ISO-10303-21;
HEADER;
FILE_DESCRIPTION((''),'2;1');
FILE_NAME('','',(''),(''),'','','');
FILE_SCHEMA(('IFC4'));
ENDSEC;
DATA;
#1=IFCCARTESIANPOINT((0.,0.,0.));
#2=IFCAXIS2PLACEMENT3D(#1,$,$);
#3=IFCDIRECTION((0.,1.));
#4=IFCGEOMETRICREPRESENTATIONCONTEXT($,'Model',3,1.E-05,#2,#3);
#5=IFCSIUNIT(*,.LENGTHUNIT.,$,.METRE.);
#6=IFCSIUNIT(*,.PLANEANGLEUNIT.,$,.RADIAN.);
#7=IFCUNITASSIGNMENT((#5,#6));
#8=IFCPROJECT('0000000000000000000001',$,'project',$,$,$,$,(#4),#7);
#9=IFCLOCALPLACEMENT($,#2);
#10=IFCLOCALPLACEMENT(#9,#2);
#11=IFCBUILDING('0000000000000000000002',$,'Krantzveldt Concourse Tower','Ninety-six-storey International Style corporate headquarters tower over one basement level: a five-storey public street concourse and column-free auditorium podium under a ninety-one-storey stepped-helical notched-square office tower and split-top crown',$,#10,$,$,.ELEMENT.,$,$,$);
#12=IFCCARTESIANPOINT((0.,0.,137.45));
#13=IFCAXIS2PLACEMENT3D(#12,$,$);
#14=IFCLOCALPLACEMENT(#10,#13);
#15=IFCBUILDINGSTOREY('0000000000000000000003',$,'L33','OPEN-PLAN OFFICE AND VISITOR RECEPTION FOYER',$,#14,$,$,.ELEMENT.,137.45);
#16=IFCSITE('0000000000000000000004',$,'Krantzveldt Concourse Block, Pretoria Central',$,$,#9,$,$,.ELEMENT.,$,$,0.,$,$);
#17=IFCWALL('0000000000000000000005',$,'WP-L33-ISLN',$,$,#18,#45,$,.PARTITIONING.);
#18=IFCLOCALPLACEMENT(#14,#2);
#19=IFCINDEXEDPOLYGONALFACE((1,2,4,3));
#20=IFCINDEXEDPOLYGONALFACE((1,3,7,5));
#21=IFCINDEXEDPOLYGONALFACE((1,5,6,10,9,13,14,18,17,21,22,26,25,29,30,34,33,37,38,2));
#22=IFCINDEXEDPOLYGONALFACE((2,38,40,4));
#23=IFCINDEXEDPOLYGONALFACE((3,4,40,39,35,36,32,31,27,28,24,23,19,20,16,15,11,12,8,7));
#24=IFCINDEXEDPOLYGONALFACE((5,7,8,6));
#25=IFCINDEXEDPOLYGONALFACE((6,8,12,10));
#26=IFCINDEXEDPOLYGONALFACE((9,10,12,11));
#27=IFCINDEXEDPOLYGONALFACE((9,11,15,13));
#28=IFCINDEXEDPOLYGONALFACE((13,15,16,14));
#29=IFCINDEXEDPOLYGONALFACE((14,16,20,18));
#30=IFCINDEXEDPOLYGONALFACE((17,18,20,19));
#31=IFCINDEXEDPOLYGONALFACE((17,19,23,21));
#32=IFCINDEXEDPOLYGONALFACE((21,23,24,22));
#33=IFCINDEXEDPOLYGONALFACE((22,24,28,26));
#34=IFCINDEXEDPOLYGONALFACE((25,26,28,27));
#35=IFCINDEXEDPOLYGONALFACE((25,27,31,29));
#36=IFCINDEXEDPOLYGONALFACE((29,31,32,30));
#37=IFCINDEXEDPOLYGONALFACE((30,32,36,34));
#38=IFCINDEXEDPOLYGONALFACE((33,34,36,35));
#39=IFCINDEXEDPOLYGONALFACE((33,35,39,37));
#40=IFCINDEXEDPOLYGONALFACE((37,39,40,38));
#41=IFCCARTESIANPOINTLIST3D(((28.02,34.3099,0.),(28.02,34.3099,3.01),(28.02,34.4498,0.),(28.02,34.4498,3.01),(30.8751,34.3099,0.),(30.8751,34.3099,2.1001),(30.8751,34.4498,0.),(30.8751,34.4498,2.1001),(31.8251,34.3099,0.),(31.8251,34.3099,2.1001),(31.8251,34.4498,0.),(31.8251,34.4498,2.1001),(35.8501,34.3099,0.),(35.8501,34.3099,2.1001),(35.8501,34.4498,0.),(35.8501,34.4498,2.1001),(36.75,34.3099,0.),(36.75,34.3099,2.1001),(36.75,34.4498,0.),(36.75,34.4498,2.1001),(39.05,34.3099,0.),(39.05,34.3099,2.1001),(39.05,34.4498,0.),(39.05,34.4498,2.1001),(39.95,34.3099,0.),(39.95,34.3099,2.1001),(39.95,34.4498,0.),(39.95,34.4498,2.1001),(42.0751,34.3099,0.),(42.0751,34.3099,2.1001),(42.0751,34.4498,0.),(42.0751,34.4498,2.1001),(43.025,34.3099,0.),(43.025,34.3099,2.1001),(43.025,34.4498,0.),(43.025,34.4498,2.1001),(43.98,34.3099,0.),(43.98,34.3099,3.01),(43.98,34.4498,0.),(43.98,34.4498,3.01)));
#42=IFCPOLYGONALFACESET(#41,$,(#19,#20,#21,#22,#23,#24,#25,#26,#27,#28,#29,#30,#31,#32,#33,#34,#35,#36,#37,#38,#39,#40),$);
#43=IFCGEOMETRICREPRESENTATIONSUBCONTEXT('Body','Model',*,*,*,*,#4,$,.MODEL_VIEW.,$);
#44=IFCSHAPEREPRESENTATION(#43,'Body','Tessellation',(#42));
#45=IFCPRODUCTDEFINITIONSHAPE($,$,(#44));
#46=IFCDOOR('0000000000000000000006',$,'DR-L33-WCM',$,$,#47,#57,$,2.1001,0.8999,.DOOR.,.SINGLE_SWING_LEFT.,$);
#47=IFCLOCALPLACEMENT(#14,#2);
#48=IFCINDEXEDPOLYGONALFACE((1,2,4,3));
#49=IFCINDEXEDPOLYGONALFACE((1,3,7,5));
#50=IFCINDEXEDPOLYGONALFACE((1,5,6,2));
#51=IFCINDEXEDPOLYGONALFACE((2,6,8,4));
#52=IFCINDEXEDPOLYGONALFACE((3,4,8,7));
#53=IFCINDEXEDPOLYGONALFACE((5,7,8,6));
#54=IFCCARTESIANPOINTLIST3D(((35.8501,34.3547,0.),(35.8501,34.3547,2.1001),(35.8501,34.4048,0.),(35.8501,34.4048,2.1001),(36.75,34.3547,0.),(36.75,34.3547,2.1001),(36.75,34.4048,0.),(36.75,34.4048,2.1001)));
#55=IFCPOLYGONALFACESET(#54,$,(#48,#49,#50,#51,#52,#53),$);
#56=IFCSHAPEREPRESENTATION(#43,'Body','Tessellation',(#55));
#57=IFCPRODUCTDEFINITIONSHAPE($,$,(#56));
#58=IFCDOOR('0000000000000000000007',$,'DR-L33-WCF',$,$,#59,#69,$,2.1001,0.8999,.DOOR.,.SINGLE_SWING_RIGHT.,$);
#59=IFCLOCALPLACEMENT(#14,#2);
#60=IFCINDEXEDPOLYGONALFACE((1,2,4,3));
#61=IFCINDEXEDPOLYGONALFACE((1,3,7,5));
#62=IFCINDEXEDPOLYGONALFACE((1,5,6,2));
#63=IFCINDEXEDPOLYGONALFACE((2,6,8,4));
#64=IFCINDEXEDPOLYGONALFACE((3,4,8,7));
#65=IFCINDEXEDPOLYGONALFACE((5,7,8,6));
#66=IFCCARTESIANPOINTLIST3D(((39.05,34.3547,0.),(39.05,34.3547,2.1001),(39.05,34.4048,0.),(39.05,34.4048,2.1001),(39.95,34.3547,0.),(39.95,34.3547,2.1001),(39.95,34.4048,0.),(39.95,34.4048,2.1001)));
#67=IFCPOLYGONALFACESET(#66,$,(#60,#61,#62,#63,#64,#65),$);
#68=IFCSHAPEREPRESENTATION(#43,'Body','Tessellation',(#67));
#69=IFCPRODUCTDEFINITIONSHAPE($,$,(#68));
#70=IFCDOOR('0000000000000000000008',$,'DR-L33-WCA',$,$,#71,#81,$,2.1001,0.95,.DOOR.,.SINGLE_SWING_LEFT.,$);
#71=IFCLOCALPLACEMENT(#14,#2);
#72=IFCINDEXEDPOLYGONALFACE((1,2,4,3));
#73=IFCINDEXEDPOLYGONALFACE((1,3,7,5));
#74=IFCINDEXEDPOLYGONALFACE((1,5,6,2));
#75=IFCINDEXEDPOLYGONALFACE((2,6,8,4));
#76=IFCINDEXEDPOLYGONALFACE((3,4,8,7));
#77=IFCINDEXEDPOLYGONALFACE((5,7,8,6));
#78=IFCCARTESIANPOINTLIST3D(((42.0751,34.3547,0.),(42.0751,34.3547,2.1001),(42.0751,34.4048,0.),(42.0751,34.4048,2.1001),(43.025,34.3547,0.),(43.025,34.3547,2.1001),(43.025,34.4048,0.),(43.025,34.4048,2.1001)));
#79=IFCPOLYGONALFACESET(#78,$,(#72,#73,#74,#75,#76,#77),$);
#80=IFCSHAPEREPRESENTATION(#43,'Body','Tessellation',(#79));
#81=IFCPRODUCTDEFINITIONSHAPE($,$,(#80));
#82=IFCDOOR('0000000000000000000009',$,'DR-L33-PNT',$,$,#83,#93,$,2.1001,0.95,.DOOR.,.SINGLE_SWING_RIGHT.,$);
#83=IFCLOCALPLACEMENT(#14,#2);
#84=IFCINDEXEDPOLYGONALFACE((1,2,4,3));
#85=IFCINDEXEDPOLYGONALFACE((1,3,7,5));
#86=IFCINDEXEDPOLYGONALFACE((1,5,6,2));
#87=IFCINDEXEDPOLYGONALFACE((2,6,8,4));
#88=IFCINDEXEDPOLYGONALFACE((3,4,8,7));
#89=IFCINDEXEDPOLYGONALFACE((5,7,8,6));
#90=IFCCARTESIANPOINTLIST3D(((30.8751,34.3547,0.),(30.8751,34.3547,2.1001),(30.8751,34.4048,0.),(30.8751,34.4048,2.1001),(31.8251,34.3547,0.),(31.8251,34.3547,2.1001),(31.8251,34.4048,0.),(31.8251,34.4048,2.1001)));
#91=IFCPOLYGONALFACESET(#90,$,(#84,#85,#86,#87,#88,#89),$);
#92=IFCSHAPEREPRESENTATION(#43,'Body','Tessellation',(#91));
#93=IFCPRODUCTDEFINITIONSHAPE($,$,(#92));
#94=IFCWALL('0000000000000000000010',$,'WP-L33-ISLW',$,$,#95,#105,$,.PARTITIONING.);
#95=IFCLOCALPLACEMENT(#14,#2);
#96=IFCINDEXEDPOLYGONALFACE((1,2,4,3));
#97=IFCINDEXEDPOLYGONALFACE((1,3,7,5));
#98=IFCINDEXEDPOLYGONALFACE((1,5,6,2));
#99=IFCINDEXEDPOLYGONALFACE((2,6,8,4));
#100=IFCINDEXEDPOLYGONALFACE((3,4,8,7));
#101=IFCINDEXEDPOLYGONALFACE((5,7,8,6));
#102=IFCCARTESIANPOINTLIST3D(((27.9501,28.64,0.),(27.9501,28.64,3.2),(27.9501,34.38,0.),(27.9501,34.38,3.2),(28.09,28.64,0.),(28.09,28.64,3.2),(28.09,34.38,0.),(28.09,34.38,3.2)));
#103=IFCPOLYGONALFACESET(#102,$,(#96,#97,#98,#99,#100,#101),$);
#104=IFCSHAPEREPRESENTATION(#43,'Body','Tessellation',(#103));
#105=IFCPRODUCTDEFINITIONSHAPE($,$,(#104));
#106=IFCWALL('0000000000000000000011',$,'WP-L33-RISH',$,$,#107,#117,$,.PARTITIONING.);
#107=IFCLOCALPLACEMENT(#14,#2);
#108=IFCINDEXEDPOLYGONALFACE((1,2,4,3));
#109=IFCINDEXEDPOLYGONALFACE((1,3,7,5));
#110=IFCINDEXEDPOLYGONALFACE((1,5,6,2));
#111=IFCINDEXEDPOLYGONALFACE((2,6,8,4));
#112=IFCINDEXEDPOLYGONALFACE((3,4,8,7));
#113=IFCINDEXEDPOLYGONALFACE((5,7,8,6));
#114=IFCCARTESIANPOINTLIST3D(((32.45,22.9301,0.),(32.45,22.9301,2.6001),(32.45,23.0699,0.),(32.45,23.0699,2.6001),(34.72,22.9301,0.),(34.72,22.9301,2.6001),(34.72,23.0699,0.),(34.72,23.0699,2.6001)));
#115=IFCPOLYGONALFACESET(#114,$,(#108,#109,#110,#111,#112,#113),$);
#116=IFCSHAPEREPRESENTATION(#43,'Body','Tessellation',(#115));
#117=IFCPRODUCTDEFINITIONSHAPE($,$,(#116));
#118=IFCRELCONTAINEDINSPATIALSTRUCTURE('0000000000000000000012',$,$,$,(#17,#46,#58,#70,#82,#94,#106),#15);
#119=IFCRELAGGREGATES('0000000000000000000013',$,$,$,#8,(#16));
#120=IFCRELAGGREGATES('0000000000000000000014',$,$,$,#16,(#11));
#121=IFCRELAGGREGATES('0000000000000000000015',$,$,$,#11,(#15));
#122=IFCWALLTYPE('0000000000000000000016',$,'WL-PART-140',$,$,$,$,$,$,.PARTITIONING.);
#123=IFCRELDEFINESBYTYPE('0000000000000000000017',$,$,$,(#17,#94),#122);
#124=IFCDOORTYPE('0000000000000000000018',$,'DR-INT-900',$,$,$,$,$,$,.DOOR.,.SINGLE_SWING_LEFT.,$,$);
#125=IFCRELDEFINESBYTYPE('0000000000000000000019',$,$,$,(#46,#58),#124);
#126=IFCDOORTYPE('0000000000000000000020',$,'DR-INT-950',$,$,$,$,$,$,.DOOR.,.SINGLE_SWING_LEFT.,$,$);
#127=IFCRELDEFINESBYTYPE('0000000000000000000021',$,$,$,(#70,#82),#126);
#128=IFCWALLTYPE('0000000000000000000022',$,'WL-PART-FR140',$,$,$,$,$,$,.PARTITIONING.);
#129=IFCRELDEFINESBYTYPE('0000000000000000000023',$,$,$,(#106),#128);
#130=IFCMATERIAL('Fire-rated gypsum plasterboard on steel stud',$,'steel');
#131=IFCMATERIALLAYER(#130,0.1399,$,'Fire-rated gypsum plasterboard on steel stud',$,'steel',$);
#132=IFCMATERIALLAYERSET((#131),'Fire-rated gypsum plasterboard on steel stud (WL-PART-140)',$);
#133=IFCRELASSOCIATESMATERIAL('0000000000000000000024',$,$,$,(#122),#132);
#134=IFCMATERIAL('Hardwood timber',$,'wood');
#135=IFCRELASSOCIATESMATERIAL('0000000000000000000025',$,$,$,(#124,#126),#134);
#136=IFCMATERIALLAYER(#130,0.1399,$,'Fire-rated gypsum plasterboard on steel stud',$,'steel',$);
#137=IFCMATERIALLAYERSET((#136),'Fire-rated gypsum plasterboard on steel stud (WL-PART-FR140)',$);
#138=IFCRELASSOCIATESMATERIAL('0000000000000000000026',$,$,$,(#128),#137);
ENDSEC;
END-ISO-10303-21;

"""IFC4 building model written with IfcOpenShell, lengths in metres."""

from ifc_helpers import new_model, si_unit, direction, frame, frame_2d, origin, place, context, subcontext, project, spatial, rectangle, extrude, material, layer, layer_set, type_object, element, fill, save


model = new_model("IFC4")

# Units and contexts
model_context = context("Model", 3, precision=1e-05, world=origin(), true_north=direction((0.0, 1.0)))
body_context = subcontext(model_context, "Body", "Model", "MODEL_VIEW")
ifc_project = project(units=[si_unit("LENGTHUNIT", "METRE"), si_unit("PLANEANGLEUNIT", "RADIAN")], contexts=[model_context])

# Site, building, storey
site_placement = place(None, origin())
site = spatial("IfcSite", under=ifc_project, at=site_placement, Name="Krantzveldt Concourse Block, Pretoria Central", CompositionType="ELEMENT", RefElevation=0.0)
building_placement = place(site_placement, origin())
building = spatial("IfcBuilding", under=site, at=building_placement, Name="Krantzveldt Concourse Tower", Description="Ninety-six-storey International Style corporate headquarters tower over one basement level: a five-storey public street concourse and column-free auditorium podium under a ninety-one-storey stepped-helical notched-square office tower and split-top crown", CompositionType="ELEMENT")
storey_placement = place(building_placement, frame((0.0, 0.0, 137.45)))
storey = spatial("IfcBuildingStorey", under=building, at=storey_placement, Name="L33", Description="OPEN-PLAN OFFICE AND VISITOR RECEPTION FOYER", CompositionType="ELEMENT", Elevation=137.45)

# Shared definitions
ifc_material_1 = material(Name="Fire-rated gypsum plasterboard on steel stud", Category="steel")

# Shared definitions
ifc_layer_1 = layer(ifc_material_1, 0.1399, Name="Fire-rated gypsum plasterboard on steel stud", Category="steel")
ifc_layer_set_1 = layer_set([ifc_layer_1], Name="Fire-rated gypsum plasterboard on steel stud (WL-PART-140)")
wall_type_1 = type_object("IfcWallType", Name="WL-PART-140", PredefinedType="PARTITIONING", material=ifc_layer_set_1)
ifc_material_2 = material(Name="Hardwood timber", Category="wood")

# Wall, openings, doors
wall_1_placement = place(storey_placement, frame((28.02, 34.3799, 0.0), z_axis=(0.0, 0.0, 1.0), x_axis=(1.0, 0.0, 0.0)))
wall_1 = element("IfcWall", 1, at=wall_1_placement, inside=storey, type_object=wall_type_1, Name="WP-L33-ISLN", PredefinedType="PARTITIONING", context=body_context, shape_type="SweptSolid", body=[
    extrude(rectangle(XDim=15.96, YDim=0.1399, at=frame_2d((7.98, 0.0))), origin(), (0.0, 0.0, 1.0), 3.01),
])
opening_1_placement = place(wall_1_placement, frame((7.8301, 0.0, 0.0)))
opening_1 = element("IfcOpeningElement", 2, at=opening_1_placement, cuts=wall_1, PredefinedType="OPENING", context=body_context, shape_type="SweptSolid", body=[
    extrude(rectangle(XDim=0.8999, YDim=2.1001, at=frame_2d((0.45, 1.05))), frame((0.0, 0.0801, 0.0), z_axis=(0.0, -1.0, 0.0), x_axis=(1.0, 0.0, 0.0)), (0.0, 0.0, 1.0), 0.1599),
])
opening_2_placement = place(wall_1_placement, frame((11.03, 0.0, 0.0)))
opening_2 = element("IfcOpeningElement", 3, at=opening_2_placement, cuts=wall_1, PredefinedType="OPENING", context=body_context, shape_type="SweptSolid", body=[
    extrude(rectangle(XDim=0.8999, YDim=2.1001, at=frame_2d((0.45, 1.05))), frame((0.0, 0.0801, 0.0), z_axis=(0.0, -1.0, 0.0), x_axis=(1.0, 0.0, 0.0)), (0.0, 0.0, 1.0), 0.1599),
])
opening_3_placement = place(wall_1_placement, frame((14.0549, 0.0, 0.0)))
opening_3 = element("IfcOpeningElement", 4, at=opening_3_placement, cuts=wall_1, PredefinedType="OPENING", context=body_context, shape_type="SweptSolid", body=[
    extrude(rectangle(XDim=0.95, YDim=2.1001, at=frame_2d((0.4751, 1.05))), frame((0.0, 0.0801, 0.0), z_axis=(0.0, -1.0, 0.0), x_axis=(1.0, 0.0, 0.0)), (0.0, 0.0, 1.0), 0.1599),
])
opening_4_placement = place(wall_1_placement, frame((2.855, 0.0, 0.0)))
opening_4 = element("IfcOpeningElement", 5, at=opening_4_placement, cuts=wall_1, PredefinedType="OPENING", context=body_context, shape_type="SweptSolid", body=[
    extrude(rectangle(XDim=0.95, YDim=2.1001, at=frame_2d((0.4751, 1.05))), frame((0.0, 0.0801, 0.0), z_axis=(0.0, -1.0, 0.0), x_axis=(1.0, 0.0, 0.0)), (0.0, 0.0, 1.0), 0.1599),
])
door_type_1 = type_object("IfcDoorType", Name="DR-INT-900", OperationType="SINGLE_SWING_LEFT", PredefinedType="DOOR", material=ifc_material_2)
door_1_placement = place(opening_1_placement, origin())
door_1 = element("IfcDoor", 6, at=door_1_placement, inside=storey, type_object=door_type_1, Name="DR-L33-WCM", OperationType="SINGLE_SWING_LEFT", OverallHeight=2.1001, OverallWidth=0.8999, PredefinedType="DOOR", context=body_context, shape_type="SweptSolid", body=[
    extrude(rectangle(XDim=0.8999, YDim=2.1001, at=frame_2d((0.45, 1.05))), frame((0.0, 0.0249, 0.0), z_axis=(0.0, -1.0, 0.0), x_axis=(1.0, 0.0, 0.0)), (0.0, 0.0, 1.0), 0.05),
])
fill(opening_1, door_1)
door_2_placement = place(opening_2_placement, origin())
door_2 = element("IfcDoor", 7, at=door_2_placement, inside=storey, type_object=door_type_1, Name="DR-L33-WCF", OperationType="SINGLE_SWING_RIGHT", OverallHeight=2.1001, OverallWidth=0.8999, PredefinedType="DOOR", context=body_context, shape_type="SweptSolid", body=[
    extrude(rectangle(XDim=0.8999, YDim=2.1001, at=frame_2d((0.45, 1.05))), frame((0.0, 0.0249, 0.0), z_axis=(0.0, -1.0, 0.0), x_axis=(1.0, 0.0, 0.0)), (0.0, 0.0, 1.0), 0.05),
])
fill(opening_2, door_2)
door_type_2 = type_object("IfcDoorType", Name="DR-INT-950", OperationType="SINGLE_SWING_LEFT", PredefinedType="DOOR", material=ifc_material_2)
door_3_placement = place(opening_3_placement, origin())
door_3 = element("IfcDoor", 8, at=door_3_placement, inside=storey, type_object=door_type_2, Name="DR-L33-WCA", OperationType="SINGLE_SWING_LEFT", OverallHeight=2.1001, OverallWidth=0.95, PredefinedType="DOOR", context=body_context, shape_type="SweptSolid", body=[
    extrude(rectangle(XDim=0.95, YDim=2.1001, at=frame_2d((0.4751, 1.05))), frame((0.0, 0.0249, 0.0), z_axis=(0.0, -1.0, 0.0), x_axis=(1.0, 0.0, 0.0)), (0.0, 0.0, 1.0), 0.05),
])
fill(opening_3, door_3)
door_4_placement = place(opening_4_placement, origin())
door_4 = element("IfcDoor", 9, at=door_4_placement, inside=storey, type_object=door_type_2, Name="DR-L33-PNT", OperationType="SINGLE_SWING_RIGHT", OverallHeight=2.1001, OverallWidth=0.95, PredefinedType="DOOR", context=body_context, shape_type="SweptSolid", body=[
    extrude(rectangle(XDim=0.95, YDim=2.1001, at=frame_2d((0.4751, 1.05))), frame((0.0, 0.0249, 0.0), z_axis=(0.0, -1.0, 0.0), x_axis=(1.0, 0.0, 0.0)), (0.0, 0.0, 1.0), 0.05),
])
fill(opening_4, door_4)

# Walls
wall_2_placement = place(storey_placement, frame((28.02, 28.6399, 0.0), z_axis=(0.0, 0.0, 1.0), x_axis=(0.0, 1.0, 0.0)))
element("IfcWall", 10, at=wall_2_placement, inside=storey, type_object=wall_type_1, Name="WP-L33-ISLW", PredefinedType="PARTITIONING", context=body_context, shape_type="SweptSolid", body=[
    extrude(rectangle(XDim=5.74, YDim=0.1399, at=frame_2d((2.8701, 0.0))), origin(), (0.0, 0.0, 1.0), 3.2),
])
ifc_layer_2 = layer(ifc_material_1, 0.1399, Name="Fire-rated gypsum plasterboard on steel stud", Category="steel")
ifc_layer_set_2 = layer_set([ifc_layer_2], Name="Fire-rated gypsum plasterboard on steel stud (WL-PART-FR140)")
wall_type_2 = type_object("IfcWallType", Name="WL-PART-FR140", PredefinedType="PARTITIONING", material=ifc_layer_set_2)
wall_3_placement = place(storey_placement, frame((32.45, 23.0, 0.0), z_axis=(0.0, 0.0, 1.0), x_axis=(1.0, 0.0, 0.0)))
element("IfcWall", 11, at=wall_3_placement, inside=storey, type_object=wall_type_2, Name="WP-L33-RISH", PredefinedType="PARTITIONING", context=body_context, shape_type="SweptSolid", body=[
    extrude(rectangle(XDim=2.27, YDim=0.1399, at=frame_2d((1.135, 0.0))), origin(), (0.0, 0.0, 1.0), 2.6001),
])

save(model, "model.ifc")
